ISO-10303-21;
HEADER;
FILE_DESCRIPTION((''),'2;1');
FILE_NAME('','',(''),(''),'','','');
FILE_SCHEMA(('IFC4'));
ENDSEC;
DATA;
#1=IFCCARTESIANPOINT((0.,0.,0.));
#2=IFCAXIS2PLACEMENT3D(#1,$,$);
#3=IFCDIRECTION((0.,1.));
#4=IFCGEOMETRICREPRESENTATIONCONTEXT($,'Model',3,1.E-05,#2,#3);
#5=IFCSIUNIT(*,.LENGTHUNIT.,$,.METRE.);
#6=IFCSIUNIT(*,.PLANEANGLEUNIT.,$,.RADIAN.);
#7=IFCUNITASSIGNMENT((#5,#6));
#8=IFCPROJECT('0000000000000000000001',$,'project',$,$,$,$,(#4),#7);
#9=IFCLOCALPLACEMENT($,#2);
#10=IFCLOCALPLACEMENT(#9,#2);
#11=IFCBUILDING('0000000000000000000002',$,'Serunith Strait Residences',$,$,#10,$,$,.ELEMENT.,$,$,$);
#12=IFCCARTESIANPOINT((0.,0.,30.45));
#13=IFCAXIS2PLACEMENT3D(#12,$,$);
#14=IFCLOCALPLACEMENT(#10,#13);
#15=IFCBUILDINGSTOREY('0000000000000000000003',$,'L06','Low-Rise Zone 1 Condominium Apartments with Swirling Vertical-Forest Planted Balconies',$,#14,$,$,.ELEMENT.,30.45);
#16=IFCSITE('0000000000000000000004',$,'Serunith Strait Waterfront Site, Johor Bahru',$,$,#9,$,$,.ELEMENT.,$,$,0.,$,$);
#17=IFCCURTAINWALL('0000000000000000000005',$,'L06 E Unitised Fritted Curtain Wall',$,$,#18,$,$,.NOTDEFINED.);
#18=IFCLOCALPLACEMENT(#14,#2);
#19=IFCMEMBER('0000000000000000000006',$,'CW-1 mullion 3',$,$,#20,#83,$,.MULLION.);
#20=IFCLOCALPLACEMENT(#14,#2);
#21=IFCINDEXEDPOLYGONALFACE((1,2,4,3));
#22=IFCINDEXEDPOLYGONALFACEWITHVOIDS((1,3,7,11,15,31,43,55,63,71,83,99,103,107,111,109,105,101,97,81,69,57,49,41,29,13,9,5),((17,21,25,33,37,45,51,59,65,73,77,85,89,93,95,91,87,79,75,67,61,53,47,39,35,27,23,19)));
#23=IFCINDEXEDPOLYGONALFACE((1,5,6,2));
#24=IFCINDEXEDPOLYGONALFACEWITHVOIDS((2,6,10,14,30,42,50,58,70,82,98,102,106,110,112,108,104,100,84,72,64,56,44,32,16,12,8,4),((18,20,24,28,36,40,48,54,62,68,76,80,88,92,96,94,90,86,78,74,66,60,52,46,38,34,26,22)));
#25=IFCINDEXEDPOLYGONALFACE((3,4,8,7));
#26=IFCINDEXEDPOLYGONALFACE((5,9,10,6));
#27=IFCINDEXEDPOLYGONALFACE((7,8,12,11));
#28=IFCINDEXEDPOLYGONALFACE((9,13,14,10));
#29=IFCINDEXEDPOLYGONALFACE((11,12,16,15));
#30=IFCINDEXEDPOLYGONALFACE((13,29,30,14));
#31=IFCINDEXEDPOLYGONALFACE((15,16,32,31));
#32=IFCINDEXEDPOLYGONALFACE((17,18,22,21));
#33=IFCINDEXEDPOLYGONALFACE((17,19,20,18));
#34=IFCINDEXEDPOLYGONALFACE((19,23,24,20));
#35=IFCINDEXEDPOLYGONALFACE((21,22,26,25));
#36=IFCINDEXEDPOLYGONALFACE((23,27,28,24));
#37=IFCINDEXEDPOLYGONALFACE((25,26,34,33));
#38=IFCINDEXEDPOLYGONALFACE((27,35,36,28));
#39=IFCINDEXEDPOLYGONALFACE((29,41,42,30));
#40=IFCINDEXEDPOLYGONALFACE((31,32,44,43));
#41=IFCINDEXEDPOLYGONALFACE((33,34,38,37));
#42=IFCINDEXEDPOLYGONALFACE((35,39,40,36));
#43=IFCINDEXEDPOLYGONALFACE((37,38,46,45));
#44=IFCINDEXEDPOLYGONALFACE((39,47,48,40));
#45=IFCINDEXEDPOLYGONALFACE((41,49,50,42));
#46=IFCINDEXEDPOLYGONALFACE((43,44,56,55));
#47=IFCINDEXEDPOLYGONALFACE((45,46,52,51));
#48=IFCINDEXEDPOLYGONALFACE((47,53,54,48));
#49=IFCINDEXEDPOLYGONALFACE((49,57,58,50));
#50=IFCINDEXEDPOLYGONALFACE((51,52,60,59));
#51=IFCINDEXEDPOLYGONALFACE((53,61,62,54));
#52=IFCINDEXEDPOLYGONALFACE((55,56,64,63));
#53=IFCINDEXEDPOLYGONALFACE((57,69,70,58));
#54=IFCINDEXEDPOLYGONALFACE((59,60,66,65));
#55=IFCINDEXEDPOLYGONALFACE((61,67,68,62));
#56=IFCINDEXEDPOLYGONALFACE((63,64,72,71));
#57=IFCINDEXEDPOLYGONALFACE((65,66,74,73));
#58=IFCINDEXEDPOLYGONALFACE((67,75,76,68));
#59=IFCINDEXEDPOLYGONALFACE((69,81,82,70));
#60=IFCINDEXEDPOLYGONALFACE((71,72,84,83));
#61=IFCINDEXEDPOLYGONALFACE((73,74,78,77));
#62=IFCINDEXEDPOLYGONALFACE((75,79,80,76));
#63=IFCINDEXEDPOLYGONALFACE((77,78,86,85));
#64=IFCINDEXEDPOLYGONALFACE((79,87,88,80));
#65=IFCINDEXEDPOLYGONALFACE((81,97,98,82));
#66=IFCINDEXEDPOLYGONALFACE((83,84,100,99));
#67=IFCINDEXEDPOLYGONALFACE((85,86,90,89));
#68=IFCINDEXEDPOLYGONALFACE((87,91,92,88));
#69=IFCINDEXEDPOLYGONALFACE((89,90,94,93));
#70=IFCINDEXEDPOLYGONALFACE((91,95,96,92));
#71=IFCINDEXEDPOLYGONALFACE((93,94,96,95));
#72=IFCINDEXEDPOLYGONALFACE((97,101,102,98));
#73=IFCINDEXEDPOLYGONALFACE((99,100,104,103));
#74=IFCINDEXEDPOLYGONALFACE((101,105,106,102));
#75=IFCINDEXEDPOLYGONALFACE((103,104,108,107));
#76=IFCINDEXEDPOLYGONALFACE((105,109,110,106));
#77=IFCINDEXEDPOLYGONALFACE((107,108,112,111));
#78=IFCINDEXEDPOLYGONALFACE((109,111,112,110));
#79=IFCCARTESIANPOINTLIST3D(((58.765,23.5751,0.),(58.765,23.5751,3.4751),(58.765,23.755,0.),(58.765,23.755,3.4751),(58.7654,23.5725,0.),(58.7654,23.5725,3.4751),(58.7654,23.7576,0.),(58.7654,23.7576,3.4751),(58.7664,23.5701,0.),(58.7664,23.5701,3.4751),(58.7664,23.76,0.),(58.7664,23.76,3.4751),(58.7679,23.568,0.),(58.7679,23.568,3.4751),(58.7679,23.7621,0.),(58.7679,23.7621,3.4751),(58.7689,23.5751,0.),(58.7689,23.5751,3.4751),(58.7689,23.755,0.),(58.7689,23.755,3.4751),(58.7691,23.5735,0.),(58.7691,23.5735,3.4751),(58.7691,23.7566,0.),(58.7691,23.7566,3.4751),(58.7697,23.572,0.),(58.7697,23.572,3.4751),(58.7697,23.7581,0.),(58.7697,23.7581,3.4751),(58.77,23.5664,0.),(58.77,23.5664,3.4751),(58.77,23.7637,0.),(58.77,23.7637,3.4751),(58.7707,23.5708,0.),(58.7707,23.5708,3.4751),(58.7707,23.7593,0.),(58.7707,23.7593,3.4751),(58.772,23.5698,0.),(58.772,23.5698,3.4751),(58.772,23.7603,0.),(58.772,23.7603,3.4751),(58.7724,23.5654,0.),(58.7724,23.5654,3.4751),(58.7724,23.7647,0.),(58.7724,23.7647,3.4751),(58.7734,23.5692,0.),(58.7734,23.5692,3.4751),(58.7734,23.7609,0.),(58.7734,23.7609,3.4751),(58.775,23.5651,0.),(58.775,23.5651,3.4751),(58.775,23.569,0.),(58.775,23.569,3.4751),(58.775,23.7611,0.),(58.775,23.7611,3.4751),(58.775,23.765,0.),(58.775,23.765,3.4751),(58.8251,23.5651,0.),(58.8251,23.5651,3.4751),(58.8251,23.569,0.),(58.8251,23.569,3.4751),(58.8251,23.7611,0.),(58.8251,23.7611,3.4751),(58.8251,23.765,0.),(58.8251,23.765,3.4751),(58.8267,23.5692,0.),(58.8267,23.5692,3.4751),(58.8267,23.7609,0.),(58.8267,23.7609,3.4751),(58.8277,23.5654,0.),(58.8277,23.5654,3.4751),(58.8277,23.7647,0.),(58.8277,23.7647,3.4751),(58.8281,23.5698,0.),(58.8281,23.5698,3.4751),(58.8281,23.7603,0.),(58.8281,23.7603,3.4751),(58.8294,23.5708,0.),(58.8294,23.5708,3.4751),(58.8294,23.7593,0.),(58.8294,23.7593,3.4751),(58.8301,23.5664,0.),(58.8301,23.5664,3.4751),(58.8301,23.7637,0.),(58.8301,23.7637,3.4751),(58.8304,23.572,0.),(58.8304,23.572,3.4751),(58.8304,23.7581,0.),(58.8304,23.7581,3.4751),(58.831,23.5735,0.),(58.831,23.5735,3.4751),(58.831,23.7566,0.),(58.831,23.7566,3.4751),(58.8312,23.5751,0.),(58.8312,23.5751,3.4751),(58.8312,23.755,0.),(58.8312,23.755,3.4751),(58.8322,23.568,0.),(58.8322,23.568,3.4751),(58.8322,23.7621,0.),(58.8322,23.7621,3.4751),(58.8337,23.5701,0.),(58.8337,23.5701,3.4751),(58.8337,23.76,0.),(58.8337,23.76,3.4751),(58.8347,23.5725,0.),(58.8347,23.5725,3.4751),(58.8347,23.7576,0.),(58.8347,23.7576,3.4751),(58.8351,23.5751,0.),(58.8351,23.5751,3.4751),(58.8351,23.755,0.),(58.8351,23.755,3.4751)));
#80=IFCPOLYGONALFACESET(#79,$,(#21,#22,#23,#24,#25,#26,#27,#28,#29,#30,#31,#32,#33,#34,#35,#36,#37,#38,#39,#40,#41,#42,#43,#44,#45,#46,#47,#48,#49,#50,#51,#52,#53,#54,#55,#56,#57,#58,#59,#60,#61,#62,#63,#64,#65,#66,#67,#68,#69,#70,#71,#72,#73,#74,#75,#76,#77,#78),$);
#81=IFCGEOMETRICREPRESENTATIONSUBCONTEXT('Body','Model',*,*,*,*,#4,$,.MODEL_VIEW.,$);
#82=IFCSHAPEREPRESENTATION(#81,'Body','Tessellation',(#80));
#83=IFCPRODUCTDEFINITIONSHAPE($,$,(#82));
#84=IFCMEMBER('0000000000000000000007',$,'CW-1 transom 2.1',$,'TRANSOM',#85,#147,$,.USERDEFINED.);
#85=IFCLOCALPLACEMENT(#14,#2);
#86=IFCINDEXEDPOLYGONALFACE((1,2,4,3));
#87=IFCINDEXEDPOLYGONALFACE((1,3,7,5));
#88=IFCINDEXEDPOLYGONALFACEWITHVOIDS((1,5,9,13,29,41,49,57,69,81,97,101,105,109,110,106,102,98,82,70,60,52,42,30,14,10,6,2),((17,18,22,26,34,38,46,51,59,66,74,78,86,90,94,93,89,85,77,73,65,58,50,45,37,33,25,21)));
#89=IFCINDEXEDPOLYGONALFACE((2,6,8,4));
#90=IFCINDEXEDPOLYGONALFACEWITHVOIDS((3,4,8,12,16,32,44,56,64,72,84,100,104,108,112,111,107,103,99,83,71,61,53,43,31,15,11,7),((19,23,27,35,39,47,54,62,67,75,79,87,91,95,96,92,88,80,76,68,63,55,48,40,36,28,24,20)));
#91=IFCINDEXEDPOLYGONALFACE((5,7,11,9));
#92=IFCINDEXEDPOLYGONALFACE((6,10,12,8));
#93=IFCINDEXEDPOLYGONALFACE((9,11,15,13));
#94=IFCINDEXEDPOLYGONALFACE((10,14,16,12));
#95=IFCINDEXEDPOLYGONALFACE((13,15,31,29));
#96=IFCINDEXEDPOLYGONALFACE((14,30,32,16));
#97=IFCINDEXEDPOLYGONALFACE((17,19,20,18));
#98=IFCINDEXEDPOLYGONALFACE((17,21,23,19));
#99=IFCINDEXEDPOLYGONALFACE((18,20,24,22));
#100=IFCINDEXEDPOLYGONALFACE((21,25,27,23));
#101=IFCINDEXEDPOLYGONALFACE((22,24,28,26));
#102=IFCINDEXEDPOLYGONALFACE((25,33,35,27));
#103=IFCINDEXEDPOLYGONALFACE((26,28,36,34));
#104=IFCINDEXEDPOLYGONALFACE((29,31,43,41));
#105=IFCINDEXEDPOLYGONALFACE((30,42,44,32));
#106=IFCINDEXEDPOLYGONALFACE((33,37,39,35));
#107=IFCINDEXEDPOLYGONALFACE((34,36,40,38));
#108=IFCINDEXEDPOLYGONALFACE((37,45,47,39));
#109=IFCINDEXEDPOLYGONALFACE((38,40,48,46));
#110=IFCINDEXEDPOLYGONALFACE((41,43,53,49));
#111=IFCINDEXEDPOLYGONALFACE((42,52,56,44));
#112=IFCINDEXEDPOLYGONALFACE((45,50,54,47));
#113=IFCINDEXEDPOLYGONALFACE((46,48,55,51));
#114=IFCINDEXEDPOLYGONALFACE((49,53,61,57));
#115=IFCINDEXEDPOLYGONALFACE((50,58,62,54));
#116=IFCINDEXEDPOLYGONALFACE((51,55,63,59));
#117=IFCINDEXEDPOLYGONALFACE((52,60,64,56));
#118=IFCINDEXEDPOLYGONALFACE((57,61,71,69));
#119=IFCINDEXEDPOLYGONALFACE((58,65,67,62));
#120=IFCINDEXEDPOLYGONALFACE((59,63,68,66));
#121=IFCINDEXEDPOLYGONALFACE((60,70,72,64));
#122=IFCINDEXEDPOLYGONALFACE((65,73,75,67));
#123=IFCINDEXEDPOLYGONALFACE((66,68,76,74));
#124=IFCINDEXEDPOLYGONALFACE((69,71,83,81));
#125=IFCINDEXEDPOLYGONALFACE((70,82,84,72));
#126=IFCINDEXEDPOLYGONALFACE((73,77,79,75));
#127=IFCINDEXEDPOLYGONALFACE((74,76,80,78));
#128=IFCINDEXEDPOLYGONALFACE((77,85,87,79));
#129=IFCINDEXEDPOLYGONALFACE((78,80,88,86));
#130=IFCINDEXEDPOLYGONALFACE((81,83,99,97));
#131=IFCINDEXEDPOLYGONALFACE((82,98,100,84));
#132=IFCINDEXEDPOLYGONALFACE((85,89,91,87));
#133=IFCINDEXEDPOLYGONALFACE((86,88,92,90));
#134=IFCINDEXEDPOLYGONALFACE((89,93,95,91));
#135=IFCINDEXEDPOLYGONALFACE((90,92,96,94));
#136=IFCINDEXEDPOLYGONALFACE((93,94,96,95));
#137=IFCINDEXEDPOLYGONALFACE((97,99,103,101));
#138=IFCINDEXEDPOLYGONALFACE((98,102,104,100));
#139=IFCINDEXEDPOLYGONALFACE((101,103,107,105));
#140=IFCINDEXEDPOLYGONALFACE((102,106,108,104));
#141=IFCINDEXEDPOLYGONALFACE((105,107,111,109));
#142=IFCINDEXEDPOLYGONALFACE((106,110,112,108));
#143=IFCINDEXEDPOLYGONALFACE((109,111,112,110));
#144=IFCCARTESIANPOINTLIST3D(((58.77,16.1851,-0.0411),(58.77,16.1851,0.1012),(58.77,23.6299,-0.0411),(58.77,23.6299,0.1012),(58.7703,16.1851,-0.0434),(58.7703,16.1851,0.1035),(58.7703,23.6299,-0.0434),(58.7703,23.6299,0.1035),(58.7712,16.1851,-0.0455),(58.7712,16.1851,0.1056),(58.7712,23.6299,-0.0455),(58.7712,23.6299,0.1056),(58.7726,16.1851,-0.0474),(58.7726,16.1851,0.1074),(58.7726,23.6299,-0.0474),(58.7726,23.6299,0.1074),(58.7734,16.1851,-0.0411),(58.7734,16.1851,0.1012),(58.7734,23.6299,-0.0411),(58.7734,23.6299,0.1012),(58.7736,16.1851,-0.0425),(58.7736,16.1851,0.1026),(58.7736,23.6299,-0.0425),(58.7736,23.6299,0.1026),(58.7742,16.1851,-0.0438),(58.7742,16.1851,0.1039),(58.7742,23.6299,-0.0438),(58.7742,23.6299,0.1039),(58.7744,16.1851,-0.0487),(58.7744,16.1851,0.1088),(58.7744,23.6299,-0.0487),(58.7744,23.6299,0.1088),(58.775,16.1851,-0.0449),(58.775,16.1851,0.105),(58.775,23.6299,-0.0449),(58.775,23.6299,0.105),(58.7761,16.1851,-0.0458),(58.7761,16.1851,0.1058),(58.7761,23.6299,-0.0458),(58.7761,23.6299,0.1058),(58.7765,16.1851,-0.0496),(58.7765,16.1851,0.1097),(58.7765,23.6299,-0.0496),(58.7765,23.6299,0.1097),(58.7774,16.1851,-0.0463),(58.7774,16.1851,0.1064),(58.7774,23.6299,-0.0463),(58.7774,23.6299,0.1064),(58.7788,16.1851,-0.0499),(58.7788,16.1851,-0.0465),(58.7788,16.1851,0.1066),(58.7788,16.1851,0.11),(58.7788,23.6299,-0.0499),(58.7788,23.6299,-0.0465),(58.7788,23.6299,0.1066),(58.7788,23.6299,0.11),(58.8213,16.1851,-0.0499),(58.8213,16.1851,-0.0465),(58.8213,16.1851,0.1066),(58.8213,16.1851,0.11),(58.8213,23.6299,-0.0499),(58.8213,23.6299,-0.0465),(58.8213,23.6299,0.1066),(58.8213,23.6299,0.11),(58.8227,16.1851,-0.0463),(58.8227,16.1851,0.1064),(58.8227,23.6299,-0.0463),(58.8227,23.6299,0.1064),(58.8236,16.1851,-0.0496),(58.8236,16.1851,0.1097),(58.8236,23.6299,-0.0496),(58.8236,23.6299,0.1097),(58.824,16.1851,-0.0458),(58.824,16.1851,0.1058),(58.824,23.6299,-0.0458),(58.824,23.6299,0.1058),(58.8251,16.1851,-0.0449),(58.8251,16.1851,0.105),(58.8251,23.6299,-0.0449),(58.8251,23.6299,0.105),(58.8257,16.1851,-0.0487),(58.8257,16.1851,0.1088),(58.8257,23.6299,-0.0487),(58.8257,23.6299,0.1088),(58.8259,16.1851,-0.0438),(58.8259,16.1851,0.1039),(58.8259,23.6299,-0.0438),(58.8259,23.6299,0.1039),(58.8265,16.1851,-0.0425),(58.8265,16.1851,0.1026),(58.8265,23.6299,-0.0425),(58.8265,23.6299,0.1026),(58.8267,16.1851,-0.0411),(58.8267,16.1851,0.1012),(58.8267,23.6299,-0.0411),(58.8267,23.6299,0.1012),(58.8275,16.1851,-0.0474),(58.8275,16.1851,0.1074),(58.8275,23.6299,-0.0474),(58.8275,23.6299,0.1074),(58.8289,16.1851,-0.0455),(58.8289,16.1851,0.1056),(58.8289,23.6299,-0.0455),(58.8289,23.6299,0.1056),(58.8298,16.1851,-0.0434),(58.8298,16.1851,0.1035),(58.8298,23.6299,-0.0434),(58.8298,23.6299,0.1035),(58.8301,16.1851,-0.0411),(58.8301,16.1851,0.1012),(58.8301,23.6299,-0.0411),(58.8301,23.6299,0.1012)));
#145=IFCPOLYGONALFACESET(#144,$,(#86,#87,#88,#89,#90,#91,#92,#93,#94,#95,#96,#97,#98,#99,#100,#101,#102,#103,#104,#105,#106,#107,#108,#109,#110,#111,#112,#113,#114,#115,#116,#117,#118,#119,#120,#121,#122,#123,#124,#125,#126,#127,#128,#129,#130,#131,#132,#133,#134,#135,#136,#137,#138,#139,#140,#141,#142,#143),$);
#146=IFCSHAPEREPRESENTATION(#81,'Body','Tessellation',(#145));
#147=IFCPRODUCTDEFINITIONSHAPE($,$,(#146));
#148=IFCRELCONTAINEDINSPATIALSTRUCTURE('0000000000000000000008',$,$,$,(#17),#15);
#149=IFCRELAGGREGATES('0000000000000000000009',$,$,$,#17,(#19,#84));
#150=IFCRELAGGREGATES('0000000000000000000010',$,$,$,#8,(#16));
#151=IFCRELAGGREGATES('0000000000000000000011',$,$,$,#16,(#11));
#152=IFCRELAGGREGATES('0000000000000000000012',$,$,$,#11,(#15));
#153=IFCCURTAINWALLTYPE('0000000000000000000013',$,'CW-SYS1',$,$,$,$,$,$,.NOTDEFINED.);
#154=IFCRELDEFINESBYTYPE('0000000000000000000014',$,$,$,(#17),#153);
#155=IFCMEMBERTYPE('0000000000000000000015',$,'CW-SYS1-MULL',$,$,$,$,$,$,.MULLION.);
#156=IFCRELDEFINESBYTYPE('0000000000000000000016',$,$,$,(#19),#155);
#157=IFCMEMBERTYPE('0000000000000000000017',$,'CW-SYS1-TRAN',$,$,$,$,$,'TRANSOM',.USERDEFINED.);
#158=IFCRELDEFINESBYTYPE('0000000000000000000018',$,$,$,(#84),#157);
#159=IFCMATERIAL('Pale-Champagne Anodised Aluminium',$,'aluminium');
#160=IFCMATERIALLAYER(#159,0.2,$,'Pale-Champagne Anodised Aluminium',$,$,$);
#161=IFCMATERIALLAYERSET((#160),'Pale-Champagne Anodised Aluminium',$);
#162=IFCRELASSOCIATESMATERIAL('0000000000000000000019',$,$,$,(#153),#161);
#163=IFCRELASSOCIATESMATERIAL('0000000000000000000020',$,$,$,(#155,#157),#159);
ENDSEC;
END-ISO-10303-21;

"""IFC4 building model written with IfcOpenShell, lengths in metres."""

from ifc_helpers import new_model, si_unit, direction, frame, origin, origin_2d, place, context, subcontext, project, spatial, hollow_rectangle, extrude, source, transform, mapped, material, layer, layer_set, material_profile, profile_set, type_object, element, aggregate, save


model = new_model("IFC4")

# Units and contexts
model_context = context("Model", 3, precision=1e-05, world=origin(), true_north=direction((0.0, 1.0)))
body_context = subcontext(model_context, "Body", "Model", "MODEL_VIEW")
ifc_project = project(units=[si_unit("LENGTHUNIT", "METRE"), si_unit("PLANEANGLEUNIT", "RADIAN")], contexts=[model_context])

# Site, building, storey
site_placement = place(None, origin())
site = spatial("IfcSite", under=ifc_project, at=site_placement, Name="Serunith Strait Waterfront Site, Johor Bahru", CompositionType="ELEMENT", RefElevation=0.0)
building_placement = place(site_placement, origin())
building = spatial("IfcBuilding", under=site, at=building_placement, Name="Serunith Strait Residences", CompositionType="ELEMENT")
storey_placement = place(building_placement, frame((0.0, 0.0, 30.45)))
storey = spatial("IfcBuildingStorey", under=building, at=storey_placement, Name="L06", Description="Low-Rise Zone 1 Condominium Apartments with Swirling Vertical-Forest Planted Balconies", CompositionType="ELEMENT", Elevation=30.45)

# Curtain wall, members
ifc_material_1 = material(Name="Pale-Champagne Anodised Aluminium", Category="aluminium")
ifc_layer_1 = layer(ifc_material_1, 0.2, Name="Pale-Champagne Anodised Aluminium")
ifc_layer_set_1 = layer_set([ifc_layer_1], Name="Pale-Champagne Anodised Aluminium")
curtain_wall_type = type_object("IfcCurtainWallType", Name="CW-SYS1", PredefinedType="NOTDEFINED", material=ifc_layer_set_1)
curtain_wall_placement = place(storey_placement, origin())
curtain_wall = element("IfcCurtainWall", 1, at=curtain_wall_placement, inside=storey, type_object=curtain_wall_type, Name="L06 E Unitised Fritted Curtain Wall", PredefinedType="NOTDEFINED")
ifc_material_profile_1 = material_profile(ifc_material_1, hollow_rectangle(XDim=0.0701, YDim=0.2, WallThickness=0.0039, InnerFilletRadius=0.0061, OuterFilletRadius=0.01, at=origin_2d()), Name="ALU 200x70x4")
ifc_profile_set_1 = profile_set([ifc_material_profile_1], Name="Pale-Champagne Anodised Aluminium")
member_type_1 = type_object("IfcMemberType", Name="CW-SYS1-MULL", PredefinedType="MULLION", material=ifc_profile_set_1)
shared_shape_1 = source(origin(), body_context, "Body", "SweptSolid", [
    extrude(hollow_rectangle(XDim=0.0701, YDim=0.2, WallThickness=0.0039, InnerFilletRadius=0.0061, OuterFilletRadius=0.01, at=origin_2d()), origin(), (0.0, 0.0, 1.0), 3.4751),
])
member_1_placement = place(storey_placement, frame((58.8, 23.665, 0.0), z_axis=(0.0, 0.0, 1.0), x_axis=(-1.0, 0.0, 0.0)))
member_1 = element("IfcMember", 2, at=member_1_placement, type_object=member_type_1, Name="CW-1 mullion 3", PredefinedType="MULLION", context=body_context, shape_type="MappedRepresentation", body=[
    mapped(shared_shape_1, transform((0.0, 0.0, 0.0), scale=1.0)),
])
ifc_material_profile_2 = material_profile(ifc_material_1, hollow_rectangle(XDim=0.0601, YDim=0.1599, WallThickness=0.0034, InnerFilletRadius=0.0054, OuterFilletRadius=0.0088, at=origin_2d()), Name="ALU 160x60x3.5")
ifc_profile_set_2 = profile_set([ifc_material_profile_2], Name="Pale-Champagne Anodised Aluminium")
member_type_2 = type_object("IfcMemberType", Name="CW-SYS1-TRAN", ElementType="TRANSOM", PredefinedType="USERDEFINED", material=ifc_profile_set_2)
shared_shape_2 = source(origin(), body_context, "Body", "SweptSolid", [
    extrude(hollow_rectangle(XDim=0.0601, YDim=0.1599, WallThickness=0.0034, InnerFilletRadius=0.0054, OuterFilletRadius=0.0088, at=origin_2d()), origin(), (0.0, 0.0, 1.0), 7.4448),
])
member_2_placement = place(storey_placement, frame((58.8, 16.1851, 0.03), z_axis=(0.0, 1.0, 0.0), x_axis=(-1.0, 0.0, 0.0)))
member_2 = element("IfcMember", 3, at=member_2_placement, type_object=member_type_2, Name="CW-1 transom 2.1", ObjectType="TRANSOM", PredefinedType="USERDEFINED", context=body_context, shape_type="MappedRepresentation", body=[
    mapped(shared_shape_2, transform((0.0, 0.0, 0.0), scale=1.0)),
])
aggregate(curtain_wall, [member_1, member_2])

save(model, "model.ifc")
